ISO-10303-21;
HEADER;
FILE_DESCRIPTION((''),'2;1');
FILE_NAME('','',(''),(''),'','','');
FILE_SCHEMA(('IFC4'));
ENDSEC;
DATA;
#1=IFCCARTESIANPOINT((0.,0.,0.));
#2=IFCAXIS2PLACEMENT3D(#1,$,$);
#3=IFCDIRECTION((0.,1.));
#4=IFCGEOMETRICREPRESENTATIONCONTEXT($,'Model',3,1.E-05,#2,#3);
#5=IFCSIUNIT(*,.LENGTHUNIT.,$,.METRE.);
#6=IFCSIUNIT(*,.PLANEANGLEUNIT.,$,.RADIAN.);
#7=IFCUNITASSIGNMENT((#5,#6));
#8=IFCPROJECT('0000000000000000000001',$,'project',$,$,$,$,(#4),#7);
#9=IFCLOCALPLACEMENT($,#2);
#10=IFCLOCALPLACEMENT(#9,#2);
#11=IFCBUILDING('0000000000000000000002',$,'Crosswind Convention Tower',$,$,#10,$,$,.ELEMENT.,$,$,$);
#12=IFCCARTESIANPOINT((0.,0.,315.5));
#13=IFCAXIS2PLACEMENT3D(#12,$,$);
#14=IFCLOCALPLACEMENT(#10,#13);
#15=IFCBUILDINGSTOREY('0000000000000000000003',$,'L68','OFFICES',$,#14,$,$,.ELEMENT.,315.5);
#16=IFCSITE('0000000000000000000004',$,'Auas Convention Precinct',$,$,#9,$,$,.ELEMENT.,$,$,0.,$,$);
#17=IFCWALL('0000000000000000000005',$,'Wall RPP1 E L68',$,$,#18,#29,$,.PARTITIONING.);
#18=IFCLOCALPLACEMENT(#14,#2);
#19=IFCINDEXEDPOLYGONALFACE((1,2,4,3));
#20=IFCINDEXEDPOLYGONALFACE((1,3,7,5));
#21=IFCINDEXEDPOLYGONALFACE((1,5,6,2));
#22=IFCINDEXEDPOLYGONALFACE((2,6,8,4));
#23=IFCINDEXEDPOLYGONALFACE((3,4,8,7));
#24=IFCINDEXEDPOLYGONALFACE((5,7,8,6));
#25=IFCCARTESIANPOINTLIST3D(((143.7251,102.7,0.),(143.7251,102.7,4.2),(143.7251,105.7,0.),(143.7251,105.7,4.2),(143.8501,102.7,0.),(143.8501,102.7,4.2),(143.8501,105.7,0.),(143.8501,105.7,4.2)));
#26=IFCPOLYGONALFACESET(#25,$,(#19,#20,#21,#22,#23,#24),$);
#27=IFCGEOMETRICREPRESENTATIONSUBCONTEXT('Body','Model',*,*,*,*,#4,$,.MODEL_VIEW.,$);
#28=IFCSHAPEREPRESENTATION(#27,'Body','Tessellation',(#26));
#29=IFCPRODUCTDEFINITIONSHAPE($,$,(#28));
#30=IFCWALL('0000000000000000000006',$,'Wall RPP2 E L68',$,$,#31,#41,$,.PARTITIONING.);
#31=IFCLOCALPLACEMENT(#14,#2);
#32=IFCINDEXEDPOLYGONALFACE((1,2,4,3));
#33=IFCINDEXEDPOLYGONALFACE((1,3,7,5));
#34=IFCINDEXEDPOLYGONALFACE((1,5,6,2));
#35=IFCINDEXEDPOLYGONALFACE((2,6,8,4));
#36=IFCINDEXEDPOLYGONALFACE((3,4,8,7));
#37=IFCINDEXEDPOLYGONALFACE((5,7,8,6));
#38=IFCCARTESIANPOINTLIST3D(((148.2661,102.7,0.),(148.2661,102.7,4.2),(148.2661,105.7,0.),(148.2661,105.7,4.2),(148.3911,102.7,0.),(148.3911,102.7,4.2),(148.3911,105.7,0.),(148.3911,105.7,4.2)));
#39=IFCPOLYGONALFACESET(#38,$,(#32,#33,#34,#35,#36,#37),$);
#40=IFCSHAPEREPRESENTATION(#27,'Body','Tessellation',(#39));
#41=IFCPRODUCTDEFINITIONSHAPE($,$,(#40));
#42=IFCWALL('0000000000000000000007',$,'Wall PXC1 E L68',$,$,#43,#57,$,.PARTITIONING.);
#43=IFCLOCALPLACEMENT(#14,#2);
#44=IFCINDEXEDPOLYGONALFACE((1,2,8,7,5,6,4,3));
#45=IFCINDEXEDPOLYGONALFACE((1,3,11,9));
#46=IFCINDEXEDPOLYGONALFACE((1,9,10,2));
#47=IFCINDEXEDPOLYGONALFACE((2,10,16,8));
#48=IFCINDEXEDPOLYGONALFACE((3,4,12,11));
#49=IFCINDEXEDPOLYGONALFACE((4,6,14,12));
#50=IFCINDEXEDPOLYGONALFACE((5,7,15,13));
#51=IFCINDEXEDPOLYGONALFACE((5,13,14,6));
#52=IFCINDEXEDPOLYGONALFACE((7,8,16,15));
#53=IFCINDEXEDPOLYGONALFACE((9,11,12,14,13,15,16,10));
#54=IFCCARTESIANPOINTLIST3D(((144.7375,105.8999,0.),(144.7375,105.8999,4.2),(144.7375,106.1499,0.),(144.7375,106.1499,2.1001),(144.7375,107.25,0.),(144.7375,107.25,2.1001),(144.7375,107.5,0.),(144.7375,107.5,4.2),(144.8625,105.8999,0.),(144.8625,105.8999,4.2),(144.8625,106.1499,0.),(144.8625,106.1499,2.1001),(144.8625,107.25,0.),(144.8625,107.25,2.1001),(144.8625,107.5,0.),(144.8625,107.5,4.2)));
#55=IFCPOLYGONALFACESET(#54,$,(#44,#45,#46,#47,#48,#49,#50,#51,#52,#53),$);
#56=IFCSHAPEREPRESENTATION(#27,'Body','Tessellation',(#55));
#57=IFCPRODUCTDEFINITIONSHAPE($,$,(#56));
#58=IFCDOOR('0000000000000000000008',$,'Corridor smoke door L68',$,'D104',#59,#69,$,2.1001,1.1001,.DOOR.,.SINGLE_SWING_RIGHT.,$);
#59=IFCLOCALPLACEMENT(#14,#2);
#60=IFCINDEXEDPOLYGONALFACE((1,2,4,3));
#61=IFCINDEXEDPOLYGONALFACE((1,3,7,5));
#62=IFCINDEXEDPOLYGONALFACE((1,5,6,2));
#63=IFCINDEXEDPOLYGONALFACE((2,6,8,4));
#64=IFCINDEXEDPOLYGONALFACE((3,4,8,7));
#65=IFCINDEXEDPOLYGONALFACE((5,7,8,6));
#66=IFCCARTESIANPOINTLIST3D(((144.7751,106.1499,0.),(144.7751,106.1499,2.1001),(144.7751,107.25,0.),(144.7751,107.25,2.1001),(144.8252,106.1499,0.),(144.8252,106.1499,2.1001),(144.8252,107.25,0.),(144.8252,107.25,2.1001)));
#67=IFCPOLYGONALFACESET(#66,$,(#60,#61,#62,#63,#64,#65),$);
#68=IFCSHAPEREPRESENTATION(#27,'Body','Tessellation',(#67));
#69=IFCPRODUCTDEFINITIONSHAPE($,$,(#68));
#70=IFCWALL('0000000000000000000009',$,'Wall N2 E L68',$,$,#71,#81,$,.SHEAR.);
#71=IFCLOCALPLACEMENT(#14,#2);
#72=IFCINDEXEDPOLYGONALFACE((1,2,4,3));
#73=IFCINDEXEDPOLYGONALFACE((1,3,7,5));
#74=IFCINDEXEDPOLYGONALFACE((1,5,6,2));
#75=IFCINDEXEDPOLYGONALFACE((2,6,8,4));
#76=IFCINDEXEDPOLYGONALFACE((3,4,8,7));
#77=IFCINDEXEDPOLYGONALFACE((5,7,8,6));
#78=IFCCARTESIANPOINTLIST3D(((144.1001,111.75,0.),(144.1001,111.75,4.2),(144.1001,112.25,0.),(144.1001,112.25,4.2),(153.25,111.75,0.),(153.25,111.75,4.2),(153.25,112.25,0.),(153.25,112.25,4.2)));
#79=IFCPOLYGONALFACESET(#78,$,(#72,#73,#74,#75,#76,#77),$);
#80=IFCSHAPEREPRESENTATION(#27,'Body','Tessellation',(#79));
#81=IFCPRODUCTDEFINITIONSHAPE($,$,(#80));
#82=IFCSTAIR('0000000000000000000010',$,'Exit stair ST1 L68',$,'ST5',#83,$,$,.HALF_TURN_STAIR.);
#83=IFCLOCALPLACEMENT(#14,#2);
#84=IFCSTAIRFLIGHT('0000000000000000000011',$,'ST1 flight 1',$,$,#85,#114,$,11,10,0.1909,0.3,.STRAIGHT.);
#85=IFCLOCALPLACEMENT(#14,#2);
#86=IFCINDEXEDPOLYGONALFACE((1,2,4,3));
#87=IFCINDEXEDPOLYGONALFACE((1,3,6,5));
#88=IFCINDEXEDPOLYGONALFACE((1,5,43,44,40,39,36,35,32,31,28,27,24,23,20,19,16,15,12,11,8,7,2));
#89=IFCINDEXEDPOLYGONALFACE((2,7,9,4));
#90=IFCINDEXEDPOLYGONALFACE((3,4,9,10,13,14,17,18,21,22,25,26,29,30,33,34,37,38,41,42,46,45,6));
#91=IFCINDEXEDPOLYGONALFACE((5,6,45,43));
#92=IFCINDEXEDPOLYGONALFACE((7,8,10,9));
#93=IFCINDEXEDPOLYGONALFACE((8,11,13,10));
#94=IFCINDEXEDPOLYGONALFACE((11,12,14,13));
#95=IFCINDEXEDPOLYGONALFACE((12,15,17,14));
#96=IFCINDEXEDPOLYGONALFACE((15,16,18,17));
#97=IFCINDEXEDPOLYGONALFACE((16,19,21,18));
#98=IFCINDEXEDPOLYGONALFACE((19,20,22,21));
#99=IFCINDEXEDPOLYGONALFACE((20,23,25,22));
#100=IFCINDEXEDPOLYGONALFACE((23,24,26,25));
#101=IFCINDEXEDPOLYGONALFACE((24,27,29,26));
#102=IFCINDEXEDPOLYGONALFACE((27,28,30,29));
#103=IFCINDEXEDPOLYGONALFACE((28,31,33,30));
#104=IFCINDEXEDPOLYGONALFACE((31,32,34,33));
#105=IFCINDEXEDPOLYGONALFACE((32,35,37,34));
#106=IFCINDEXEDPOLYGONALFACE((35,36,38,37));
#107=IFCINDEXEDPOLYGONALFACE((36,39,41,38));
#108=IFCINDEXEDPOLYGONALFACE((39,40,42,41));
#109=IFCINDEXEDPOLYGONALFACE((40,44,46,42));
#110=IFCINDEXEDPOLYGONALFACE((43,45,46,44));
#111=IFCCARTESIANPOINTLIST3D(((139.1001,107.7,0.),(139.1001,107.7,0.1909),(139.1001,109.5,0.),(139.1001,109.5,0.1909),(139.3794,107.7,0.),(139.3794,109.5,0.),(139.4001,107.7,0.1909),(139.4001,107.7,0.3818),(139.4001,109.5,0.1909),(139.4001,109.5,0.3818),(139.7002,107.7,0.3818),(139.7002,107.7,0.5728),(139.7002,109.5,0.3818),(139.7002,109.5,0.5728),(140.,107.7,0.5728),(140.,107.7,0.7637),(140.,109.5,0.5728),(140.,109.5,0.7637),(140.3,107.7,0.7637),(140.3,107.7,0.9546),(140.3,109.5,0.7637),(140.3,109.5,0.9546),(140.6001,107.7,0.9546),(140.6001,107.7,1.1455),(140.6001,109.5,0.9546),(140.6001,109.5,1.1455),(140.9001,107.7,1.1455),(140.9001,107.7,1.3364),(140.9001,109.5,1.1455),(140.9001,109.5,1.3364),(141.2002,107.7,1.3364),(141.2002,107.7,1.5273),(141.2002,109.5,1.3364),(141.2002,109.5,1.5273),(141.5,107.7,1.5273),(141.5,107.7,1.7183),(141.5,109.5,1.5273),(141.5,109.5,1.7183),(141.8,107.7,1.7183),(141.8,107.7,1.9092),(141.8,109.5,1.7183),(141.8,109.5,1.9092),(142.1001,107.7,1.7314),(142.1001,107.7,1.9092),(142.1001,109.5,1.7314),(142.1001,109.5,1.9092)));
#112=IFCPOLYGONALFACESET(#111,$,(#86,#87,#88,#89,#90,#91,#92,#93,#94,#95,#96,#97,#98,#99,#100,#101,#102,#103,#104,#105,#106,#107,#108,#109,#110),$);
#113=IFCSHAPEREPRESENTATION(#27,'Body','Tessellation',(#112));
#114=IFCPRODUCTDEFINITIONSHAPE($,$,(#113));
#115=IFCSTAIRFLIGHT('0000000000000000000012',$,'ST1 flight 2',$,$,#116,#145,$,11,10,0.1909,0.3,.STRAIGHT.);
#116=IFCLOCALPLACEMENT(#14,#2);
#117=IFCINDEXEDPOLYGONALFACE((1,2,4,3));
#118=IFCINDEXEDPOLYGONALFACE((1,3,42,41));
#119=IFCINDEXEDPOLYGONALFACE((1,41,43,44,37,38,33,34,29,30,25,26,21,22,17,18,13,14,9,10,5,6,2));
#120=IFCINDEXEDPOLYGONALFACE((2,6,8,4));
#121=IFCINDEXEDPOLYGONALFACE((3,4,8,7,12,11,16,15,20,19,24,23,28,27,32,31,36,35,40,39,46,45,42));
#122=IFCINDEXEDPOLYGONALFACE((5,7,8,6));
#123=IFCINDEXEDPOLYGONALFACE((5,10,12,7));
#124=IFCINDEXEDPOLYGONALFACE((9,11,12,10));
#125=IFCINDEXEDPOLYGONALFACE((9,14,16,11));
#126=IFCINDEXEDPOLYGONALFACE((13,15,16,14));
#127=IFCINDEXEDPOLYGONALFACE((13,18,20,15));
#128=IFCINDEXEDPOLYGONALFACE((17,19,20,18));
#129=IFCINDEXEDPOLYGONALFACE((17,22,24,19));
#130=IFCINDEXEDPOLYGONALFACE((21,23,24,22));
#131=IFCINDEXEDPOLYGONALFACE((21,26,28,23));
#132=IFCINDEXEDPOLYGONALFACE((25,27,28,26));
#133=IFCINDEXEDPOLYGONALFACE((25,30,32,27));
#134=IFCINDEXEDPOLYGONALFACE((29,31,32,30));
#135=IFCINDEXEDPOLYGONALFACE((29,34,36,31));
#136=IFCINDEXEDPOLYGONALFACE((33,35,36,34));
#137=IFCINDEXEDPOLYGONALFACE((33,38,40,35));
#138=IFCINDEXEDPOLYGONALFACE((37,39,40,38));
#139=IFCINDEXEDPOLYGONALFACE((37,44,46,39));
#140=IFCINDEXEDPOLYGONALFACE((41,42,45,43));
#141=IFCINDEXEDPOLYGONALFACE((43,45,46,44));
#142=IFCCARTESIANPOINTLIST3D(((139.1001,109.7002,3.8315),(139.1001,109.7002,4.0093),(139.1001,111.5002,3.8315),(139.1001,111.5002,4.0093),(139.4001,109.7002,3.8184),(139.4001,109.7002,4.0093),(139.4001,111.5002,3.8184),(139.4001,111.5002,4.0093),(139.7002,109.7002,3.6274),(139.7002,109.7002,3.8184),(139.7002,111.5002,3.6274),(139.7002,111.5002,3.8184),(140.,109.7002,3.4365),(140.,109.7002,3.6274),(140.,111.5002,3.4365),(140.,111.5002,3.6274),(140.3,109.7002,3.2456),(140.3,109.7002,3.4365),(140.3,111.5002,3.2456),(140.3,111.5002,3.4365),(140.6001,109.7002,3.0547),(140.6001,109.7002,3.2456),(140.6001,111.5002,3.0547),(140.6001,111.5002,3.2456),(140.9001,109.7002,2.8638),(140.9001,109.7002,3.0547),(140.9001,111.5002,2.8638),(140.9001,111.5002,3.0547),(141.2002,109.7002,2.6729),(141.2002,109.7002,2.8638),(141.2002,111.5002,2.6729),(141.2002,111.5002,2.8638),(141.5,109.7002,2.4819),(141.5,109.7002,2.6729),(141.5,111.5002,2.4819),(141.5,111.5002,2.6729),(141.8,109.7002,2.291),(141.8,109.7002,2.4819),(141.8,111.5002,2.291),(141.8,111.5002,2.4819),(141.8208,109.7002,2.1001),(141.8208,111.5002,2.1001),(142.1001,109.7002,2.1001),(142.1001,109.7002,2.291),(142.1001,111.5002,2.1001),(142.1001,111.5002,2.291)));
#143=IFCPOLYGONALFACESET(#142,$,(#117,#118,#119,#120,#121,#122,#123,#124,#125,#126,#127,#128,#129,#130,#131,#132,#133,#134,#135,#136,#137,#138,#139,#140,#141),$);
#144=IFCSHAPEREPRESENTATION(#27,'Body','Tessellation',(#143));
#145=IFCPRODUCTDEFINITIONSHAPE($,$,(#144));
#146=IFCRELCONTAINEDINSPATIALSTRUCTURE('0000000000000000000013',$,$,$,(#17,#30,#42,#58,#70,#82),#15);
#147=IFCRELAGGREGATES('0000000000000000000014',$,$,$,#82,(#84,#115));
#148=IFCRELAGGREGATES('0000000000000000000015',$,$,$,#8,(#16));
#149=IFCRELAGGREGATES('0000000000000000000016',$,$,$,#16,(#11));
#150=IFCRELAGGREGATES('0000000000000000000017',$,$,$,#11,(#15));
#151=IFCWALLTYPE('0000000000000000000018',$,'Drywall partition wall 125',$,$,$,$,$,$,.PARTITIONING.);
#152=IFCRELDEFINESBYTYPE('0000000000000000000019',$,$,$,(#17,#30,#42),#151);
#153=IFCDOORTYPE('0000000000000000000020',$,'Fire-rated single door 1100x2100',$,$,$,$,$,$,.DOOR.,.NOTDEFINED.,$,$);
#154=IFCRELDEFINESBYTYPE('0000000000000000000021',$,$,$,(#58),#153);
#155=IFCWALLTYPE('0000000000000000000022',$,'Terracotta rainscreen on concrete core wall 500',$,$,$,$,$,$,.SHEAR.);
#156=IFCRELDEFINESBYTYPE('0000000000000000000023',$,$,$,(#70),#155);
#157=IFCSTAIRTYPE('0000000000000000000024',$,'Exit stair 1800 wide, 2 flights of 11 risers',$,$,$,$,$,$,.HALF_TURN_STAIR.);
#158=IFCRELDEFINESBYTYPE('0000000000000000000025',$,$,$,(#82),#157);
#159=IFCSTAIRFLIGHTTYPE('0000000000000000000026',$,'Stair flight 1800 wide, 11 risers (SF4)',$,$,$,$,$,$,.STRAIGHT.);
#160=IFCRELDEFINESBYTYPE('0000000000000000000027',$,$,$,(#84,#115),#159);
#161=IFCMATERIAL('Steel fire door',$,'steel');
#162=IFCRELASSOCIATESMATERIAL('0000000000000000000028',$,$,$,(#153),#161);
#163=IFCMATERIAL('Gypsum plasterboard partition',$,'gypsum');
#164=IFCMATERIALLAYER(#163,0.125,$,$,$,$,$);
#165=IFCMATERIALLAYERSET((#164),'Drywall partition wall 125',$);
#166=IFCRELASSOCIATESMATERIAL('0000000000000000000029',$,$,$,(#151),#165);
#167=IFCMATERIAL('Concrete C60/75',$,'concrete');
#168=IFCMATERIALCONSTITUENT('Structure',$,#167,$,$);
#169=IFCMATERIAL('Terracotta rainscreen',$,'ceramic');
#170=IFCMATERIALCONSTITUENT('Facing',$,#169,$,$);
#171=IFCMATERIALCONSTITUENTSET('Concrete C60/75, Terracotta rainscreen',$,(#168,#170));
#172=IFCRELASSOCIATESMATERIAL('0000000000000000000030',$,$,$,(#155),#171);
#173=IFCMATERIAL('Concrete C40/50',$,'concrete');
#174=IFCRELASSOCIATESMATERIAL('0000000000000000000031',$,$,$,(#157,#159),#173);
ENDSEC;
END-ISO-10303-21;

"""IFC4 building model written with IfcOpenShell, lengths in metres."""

from ifc_helpers import new_model, si_unit, direction, frame, frame_2d, origin, place, context, subcontext, project, spatial, polyline, rectangle, outline, extrude, material, layer, layer_set, constituent, constituent_set, type_object, element, fill, aggregate, save


model = new_model("IFC4")

# Units and contexts
model_context = context("Model", 3, precision=1e-05, world=origin(), true_north=direction((0.0, 1.0)))
body_context = subcontext(model_context, "Body", "Model", "MODEL_VIEW")
ifc_project = project(units=[si_unit("LENGTHUNIT", "METRE"), si_unit("PLANEANGLEUNIT", "RADIAN")], contexts=[model_context])

# Site, building, storey
site_placement = place(None, origin())
site = spatial("IfcSite", under=ifc_project, at=site_placement, Name="Auas Convention Precinct", CompositionType="ELEMENT", RefElevation=0.0)
building_placement = place(site_placement, origin())
building = spatial("IfcBuilding", under=site, at=building_placement, Name="Crosswind Convention Tower", CompositionType="ELEMENT")
storey_placement = place(building_placement, frame((0.0, 0.0, 315.5)))
storey = spatial("IfcBuildingStorey", under=building, at=storey_placement, Name="L68", Description="OFFICES", CompositionType="ELEMENT", Elevation=315.5)

# Shared definitions
ifc_material_1 = material(Name="Steel fire door", Category="steel")
door_type_1 = type_object("IfcDoorType", Name="Fire-rated single door 1100x2100", OperationType="NOTDEFINED", PredefinedType="DOOR", material=ifc_material_1)

# Walls
ifc_material_2 = material(Name="Gypsum plasterboard partition", Category="gypsum")
ifc_layer_1 = layer(ifc_material_2, 0.125)
ifc_layer_set_1 = layer_set([ifc_layer_1], Name="Drywall partition wall 125")
wall_type_1 = type_object("IfcWallType", Name="Drywall partition wall 125", PredefinedType="PARTITIONING", material=ifc_layer_set_1)
for number, where, z_axis, x_axis, name in (
    (1, (143.7876, 102.7, 0.0), (0.0, 0.0, 1.0), (0.0, 1.0, 0.0), "Wall RPP1 E L68"),
    (2, (148.3286, 102.7, 0.0), (0.0, 0.0, 1.0), (0.0, 1.0, 0.0), "Wall RPP2 E L68"),
):
    element("IfcWall", number, at=place(storey_placement, frame(where, z_axis=z_axis, x_axis=x_axis)), inside=storey, type_object=wall_type_1, Name=name, PredefinedType="PARTITIONING", context=body_context, shape_type="SweptSolid", body=[
        extrude(rectangle(XDim=3.0, YDim=0.125, at=frame_2d((1.5, 0.0))), origin(), (0.0, 0.0, 1.0), 4.2),
    ])

# Wall, opening, door
wall_1_placement = place(storey_placement, frame((144.8, 105.8999, 0.0), z_axis=(0.0, 0.0, 1.0), x_axis=(0.0, 1.0, 0.0)))
wall_1 = element("IfcWall", 3, at=wall_1_placement, inside=storey, type_object=wall_type_1, Name="Wall PXC1 E L68", PredefinedType="PARTITIONING", context=body_context, shape_type="SweptSolid", body=[
    extrude(rectangle(XDim=1.6001, YDim=0.125, at=frame_2d((0.8, 0.0))), origin(), (0.0, 0.0, 1.0), 4.2),
])
opening_1_placement = place(wall_1_placement, frame((0.25, 0.0, 0.0)))
opening_1 = element("IfcOpeningElement", 4, at=opening_1_placement, cuts=wall_1, PredefinedType="OPENING", context=body_context, shape_type="SweptSolid", body=[
    extrude(rectangle(XDim=1.1001, YDim=2.1001, at=frame_2d((0.55, 1.05))), frame((0.0, 0.0725, 0.0), z_axis=(0.0, -1.0, 0.0), x_axis=(1.0, 0.0, 0.0)), (0.0, 0.0, 1.0), 0.145),
])
door_1_placement = place(opening_1_placement, origin())
door_1 = element("IfcDoor", 5, at=door_1_placement, inside=storey, type_object=door_type_1, Name="Corridor smoke door L68", ObjectType="D104", OperationType="SINGLE_SWING_RIGHT", OverallHeight=2.1001, OverallWidth=1.1001, PredefinedType="DOOR", context=body_context, shape_type="SweptSolid", body=[
    extrude(rectangle(XDim=1.1001, YDim=2.1001, at=frame_2d((0.55, 1.05))), frame((0.0, 0.0249, 0.0), z_axis=(0.0, -1.0, 0.0), x_axis=(1.0, 0.0, 0.0)), (0.0, 0.0, 1.0), 0.05),
])
fill(opening_1, door_1)

# Wall
ifc_material_3 = material(Name="Concrete C60/75", Category="concrete")
ifc_constituent_1 = constituent(ifc_material_3, Name="Structure")
ifc_material_4 = material(Name="Terracotta rainscreen", Category="ceramic")
ifc_constituent_2 = constituent(ifc_material_4, Name="Facing")
ifc_constituent_set = constituent_set(constituents=[ifc_constituent_1, ifc_constituent_2], Name="Concrete C60/75, Terracotta rainscreen")
wall_type_2 = type_object("IfcWallType", Name="Terracotta rainscreen on concrete core wall 500", PredefinedType="SHEAR", material=ifc_constituent_set)
wall_2_placement = place(storey_placement, frame((144.1001, 112.0, 0.0), z_axis=(0.0, 0.0, 1.0), x_axis=(1.0, 0.0, 0.0)))
element("IfcWall", 6, at=wall_2_placement, inside=storey, type_object=wall_type_2, Name="Wall N2 E L68", PredefinedType="SHEAR", context=body_context, shape_type="SweptSolid", body=[
    extrude(rectangle(XDim=9.1499, YDim=0.5, at=frame_2d((4.575, 0.0))), origin(), (0.0, 0.0, 1.0), 4.2),
])

# Stair, stair flights
ifc_material_5 = material(Name="Concrete C40/50", Category="concrete")
stair_type = type_object("IfcStairType", Name="Exit stair 1800 wide, 2 flights of 11 risers", PredefinedType="HALF_TURN_STAIR", material=ifc_material_5)
stair_placement = place(storey_placement, origin())
stair = element("IfcStair", 7, at=stair_placement, inside=storey, type_object=stair_type, Name="Exit stair ST1 L68", ObjectType="ST5", PredefinedType="HALF_TURN_STAIR")
stair_flight_type = type_object("IfcStairFlightType", Name="Stair flight 1800 wide, 11 risers (SF4)", PredefinedType="STRAIGHT", material=ifc_material_5)
stair_flight_1_placement = place(storey_placement, frame((139.1001, 108.6001, 0.0), z_axis=(0.0, 0.0, 1.0), x_axis=(1.0, 0.0, 0.0)))
stair_flight_1 = element("IfcStairFlight", 8, at=stair_flight_1_placement, type_object=stair_flight_type, Name="ST1 flight 1", NumberOfRisers=11, NumberOfTreads=10, PredefinedType="STRAIGHT", RiserHeight=0.1909, TreadLength=0.3, context=body_context, shape_type="SweptSolid", body=[
    extrude(outline(polyline([(0.0, 0.0), (0.0, 0.1909), (0.3, 0.1909), (0.3, 0.3818), (0.6001, 0.3818), (0.6001, 0.5728), (0.8999, 0.5728), (0.8999, 0.7637), (1.2, 0.7637), (1.2, 0.9546), (1.5, 0.9546), (1.5, 1.1455), (1.8, 1.1455), (1.8, 1.3364), (2.1001, 1.3364), (2.1001, 1.5273), (2.3999, 1.5273), (2.3999, 1.7183), (2.7, 1.7183), (2.7, 1.9092), (3.0, 1.9092), (3.0, 2.1001), (3.0, 1.7314), (0.2793, 0.0), (0.0, 0.0)])), frame((0.0, 0.8999, 0.0), z_axis=(0.0, -1.0, 0.0), x_axis=(1.0, 0.0, 0.0)), (0.0, 0.0, 1.0), 1.8),
])
stair_flight_2_placement = place(storey_placement, frame((142.1001, 110.6001, 2.1001), z_axis=(0.0, 0.0, 1.0), x_axis=(-1.0, 0.0, 0.0)))
stair_flight_2 = element("IfcStairFlight", 9, at=stair_flight_2_placement, type_object=stair_flight_type, Name="ST1 flight 2", NumberOfRisers=11, NumberOfTreads=10, PredefinedType="STRAIGHT", RiserHeight=0.1909, TreadLength=0.3, context=body_context, shape_type="SweptSolid", body=[
    extrude(outline(polyline([(0.0, 0.0), (0.0, 0.1909), (0.3, 0.1909), (0.3, 0.3818), (0.6001, 0.3818), (0.6001, 0.5728), (0.8999, 0.5728), (0.8999, 0.7637), (1.2, 0.7637), (1.2, 0.9546), (1.5, 0.9546), (1.5, 1.1455), (1.8, 1.1455), (1.8, 1.3364), (2.1001, 1.3364), (2.1001, 1.5273), (2.3999, 1.5273), (2.3999, 1.7183), (2.7, 1.7183), (2.7, 1.9092), (3.0, 1.9092), (3.0, 2.1001), (3.0, 1.7314), (0.2793, 0.0), (0.0, 0.0)])), frame((0.0, 0.8999, 0.0), z_axis=(0.0, -1.0, 0.0), x_axis=(1.0, 0.0, 0.0)), (0.0, 0.0, 1.0), 1.8),
])
aggregate(stair, [stair_flight_1, stair_flight_2])

save(model, "model.ifc")
